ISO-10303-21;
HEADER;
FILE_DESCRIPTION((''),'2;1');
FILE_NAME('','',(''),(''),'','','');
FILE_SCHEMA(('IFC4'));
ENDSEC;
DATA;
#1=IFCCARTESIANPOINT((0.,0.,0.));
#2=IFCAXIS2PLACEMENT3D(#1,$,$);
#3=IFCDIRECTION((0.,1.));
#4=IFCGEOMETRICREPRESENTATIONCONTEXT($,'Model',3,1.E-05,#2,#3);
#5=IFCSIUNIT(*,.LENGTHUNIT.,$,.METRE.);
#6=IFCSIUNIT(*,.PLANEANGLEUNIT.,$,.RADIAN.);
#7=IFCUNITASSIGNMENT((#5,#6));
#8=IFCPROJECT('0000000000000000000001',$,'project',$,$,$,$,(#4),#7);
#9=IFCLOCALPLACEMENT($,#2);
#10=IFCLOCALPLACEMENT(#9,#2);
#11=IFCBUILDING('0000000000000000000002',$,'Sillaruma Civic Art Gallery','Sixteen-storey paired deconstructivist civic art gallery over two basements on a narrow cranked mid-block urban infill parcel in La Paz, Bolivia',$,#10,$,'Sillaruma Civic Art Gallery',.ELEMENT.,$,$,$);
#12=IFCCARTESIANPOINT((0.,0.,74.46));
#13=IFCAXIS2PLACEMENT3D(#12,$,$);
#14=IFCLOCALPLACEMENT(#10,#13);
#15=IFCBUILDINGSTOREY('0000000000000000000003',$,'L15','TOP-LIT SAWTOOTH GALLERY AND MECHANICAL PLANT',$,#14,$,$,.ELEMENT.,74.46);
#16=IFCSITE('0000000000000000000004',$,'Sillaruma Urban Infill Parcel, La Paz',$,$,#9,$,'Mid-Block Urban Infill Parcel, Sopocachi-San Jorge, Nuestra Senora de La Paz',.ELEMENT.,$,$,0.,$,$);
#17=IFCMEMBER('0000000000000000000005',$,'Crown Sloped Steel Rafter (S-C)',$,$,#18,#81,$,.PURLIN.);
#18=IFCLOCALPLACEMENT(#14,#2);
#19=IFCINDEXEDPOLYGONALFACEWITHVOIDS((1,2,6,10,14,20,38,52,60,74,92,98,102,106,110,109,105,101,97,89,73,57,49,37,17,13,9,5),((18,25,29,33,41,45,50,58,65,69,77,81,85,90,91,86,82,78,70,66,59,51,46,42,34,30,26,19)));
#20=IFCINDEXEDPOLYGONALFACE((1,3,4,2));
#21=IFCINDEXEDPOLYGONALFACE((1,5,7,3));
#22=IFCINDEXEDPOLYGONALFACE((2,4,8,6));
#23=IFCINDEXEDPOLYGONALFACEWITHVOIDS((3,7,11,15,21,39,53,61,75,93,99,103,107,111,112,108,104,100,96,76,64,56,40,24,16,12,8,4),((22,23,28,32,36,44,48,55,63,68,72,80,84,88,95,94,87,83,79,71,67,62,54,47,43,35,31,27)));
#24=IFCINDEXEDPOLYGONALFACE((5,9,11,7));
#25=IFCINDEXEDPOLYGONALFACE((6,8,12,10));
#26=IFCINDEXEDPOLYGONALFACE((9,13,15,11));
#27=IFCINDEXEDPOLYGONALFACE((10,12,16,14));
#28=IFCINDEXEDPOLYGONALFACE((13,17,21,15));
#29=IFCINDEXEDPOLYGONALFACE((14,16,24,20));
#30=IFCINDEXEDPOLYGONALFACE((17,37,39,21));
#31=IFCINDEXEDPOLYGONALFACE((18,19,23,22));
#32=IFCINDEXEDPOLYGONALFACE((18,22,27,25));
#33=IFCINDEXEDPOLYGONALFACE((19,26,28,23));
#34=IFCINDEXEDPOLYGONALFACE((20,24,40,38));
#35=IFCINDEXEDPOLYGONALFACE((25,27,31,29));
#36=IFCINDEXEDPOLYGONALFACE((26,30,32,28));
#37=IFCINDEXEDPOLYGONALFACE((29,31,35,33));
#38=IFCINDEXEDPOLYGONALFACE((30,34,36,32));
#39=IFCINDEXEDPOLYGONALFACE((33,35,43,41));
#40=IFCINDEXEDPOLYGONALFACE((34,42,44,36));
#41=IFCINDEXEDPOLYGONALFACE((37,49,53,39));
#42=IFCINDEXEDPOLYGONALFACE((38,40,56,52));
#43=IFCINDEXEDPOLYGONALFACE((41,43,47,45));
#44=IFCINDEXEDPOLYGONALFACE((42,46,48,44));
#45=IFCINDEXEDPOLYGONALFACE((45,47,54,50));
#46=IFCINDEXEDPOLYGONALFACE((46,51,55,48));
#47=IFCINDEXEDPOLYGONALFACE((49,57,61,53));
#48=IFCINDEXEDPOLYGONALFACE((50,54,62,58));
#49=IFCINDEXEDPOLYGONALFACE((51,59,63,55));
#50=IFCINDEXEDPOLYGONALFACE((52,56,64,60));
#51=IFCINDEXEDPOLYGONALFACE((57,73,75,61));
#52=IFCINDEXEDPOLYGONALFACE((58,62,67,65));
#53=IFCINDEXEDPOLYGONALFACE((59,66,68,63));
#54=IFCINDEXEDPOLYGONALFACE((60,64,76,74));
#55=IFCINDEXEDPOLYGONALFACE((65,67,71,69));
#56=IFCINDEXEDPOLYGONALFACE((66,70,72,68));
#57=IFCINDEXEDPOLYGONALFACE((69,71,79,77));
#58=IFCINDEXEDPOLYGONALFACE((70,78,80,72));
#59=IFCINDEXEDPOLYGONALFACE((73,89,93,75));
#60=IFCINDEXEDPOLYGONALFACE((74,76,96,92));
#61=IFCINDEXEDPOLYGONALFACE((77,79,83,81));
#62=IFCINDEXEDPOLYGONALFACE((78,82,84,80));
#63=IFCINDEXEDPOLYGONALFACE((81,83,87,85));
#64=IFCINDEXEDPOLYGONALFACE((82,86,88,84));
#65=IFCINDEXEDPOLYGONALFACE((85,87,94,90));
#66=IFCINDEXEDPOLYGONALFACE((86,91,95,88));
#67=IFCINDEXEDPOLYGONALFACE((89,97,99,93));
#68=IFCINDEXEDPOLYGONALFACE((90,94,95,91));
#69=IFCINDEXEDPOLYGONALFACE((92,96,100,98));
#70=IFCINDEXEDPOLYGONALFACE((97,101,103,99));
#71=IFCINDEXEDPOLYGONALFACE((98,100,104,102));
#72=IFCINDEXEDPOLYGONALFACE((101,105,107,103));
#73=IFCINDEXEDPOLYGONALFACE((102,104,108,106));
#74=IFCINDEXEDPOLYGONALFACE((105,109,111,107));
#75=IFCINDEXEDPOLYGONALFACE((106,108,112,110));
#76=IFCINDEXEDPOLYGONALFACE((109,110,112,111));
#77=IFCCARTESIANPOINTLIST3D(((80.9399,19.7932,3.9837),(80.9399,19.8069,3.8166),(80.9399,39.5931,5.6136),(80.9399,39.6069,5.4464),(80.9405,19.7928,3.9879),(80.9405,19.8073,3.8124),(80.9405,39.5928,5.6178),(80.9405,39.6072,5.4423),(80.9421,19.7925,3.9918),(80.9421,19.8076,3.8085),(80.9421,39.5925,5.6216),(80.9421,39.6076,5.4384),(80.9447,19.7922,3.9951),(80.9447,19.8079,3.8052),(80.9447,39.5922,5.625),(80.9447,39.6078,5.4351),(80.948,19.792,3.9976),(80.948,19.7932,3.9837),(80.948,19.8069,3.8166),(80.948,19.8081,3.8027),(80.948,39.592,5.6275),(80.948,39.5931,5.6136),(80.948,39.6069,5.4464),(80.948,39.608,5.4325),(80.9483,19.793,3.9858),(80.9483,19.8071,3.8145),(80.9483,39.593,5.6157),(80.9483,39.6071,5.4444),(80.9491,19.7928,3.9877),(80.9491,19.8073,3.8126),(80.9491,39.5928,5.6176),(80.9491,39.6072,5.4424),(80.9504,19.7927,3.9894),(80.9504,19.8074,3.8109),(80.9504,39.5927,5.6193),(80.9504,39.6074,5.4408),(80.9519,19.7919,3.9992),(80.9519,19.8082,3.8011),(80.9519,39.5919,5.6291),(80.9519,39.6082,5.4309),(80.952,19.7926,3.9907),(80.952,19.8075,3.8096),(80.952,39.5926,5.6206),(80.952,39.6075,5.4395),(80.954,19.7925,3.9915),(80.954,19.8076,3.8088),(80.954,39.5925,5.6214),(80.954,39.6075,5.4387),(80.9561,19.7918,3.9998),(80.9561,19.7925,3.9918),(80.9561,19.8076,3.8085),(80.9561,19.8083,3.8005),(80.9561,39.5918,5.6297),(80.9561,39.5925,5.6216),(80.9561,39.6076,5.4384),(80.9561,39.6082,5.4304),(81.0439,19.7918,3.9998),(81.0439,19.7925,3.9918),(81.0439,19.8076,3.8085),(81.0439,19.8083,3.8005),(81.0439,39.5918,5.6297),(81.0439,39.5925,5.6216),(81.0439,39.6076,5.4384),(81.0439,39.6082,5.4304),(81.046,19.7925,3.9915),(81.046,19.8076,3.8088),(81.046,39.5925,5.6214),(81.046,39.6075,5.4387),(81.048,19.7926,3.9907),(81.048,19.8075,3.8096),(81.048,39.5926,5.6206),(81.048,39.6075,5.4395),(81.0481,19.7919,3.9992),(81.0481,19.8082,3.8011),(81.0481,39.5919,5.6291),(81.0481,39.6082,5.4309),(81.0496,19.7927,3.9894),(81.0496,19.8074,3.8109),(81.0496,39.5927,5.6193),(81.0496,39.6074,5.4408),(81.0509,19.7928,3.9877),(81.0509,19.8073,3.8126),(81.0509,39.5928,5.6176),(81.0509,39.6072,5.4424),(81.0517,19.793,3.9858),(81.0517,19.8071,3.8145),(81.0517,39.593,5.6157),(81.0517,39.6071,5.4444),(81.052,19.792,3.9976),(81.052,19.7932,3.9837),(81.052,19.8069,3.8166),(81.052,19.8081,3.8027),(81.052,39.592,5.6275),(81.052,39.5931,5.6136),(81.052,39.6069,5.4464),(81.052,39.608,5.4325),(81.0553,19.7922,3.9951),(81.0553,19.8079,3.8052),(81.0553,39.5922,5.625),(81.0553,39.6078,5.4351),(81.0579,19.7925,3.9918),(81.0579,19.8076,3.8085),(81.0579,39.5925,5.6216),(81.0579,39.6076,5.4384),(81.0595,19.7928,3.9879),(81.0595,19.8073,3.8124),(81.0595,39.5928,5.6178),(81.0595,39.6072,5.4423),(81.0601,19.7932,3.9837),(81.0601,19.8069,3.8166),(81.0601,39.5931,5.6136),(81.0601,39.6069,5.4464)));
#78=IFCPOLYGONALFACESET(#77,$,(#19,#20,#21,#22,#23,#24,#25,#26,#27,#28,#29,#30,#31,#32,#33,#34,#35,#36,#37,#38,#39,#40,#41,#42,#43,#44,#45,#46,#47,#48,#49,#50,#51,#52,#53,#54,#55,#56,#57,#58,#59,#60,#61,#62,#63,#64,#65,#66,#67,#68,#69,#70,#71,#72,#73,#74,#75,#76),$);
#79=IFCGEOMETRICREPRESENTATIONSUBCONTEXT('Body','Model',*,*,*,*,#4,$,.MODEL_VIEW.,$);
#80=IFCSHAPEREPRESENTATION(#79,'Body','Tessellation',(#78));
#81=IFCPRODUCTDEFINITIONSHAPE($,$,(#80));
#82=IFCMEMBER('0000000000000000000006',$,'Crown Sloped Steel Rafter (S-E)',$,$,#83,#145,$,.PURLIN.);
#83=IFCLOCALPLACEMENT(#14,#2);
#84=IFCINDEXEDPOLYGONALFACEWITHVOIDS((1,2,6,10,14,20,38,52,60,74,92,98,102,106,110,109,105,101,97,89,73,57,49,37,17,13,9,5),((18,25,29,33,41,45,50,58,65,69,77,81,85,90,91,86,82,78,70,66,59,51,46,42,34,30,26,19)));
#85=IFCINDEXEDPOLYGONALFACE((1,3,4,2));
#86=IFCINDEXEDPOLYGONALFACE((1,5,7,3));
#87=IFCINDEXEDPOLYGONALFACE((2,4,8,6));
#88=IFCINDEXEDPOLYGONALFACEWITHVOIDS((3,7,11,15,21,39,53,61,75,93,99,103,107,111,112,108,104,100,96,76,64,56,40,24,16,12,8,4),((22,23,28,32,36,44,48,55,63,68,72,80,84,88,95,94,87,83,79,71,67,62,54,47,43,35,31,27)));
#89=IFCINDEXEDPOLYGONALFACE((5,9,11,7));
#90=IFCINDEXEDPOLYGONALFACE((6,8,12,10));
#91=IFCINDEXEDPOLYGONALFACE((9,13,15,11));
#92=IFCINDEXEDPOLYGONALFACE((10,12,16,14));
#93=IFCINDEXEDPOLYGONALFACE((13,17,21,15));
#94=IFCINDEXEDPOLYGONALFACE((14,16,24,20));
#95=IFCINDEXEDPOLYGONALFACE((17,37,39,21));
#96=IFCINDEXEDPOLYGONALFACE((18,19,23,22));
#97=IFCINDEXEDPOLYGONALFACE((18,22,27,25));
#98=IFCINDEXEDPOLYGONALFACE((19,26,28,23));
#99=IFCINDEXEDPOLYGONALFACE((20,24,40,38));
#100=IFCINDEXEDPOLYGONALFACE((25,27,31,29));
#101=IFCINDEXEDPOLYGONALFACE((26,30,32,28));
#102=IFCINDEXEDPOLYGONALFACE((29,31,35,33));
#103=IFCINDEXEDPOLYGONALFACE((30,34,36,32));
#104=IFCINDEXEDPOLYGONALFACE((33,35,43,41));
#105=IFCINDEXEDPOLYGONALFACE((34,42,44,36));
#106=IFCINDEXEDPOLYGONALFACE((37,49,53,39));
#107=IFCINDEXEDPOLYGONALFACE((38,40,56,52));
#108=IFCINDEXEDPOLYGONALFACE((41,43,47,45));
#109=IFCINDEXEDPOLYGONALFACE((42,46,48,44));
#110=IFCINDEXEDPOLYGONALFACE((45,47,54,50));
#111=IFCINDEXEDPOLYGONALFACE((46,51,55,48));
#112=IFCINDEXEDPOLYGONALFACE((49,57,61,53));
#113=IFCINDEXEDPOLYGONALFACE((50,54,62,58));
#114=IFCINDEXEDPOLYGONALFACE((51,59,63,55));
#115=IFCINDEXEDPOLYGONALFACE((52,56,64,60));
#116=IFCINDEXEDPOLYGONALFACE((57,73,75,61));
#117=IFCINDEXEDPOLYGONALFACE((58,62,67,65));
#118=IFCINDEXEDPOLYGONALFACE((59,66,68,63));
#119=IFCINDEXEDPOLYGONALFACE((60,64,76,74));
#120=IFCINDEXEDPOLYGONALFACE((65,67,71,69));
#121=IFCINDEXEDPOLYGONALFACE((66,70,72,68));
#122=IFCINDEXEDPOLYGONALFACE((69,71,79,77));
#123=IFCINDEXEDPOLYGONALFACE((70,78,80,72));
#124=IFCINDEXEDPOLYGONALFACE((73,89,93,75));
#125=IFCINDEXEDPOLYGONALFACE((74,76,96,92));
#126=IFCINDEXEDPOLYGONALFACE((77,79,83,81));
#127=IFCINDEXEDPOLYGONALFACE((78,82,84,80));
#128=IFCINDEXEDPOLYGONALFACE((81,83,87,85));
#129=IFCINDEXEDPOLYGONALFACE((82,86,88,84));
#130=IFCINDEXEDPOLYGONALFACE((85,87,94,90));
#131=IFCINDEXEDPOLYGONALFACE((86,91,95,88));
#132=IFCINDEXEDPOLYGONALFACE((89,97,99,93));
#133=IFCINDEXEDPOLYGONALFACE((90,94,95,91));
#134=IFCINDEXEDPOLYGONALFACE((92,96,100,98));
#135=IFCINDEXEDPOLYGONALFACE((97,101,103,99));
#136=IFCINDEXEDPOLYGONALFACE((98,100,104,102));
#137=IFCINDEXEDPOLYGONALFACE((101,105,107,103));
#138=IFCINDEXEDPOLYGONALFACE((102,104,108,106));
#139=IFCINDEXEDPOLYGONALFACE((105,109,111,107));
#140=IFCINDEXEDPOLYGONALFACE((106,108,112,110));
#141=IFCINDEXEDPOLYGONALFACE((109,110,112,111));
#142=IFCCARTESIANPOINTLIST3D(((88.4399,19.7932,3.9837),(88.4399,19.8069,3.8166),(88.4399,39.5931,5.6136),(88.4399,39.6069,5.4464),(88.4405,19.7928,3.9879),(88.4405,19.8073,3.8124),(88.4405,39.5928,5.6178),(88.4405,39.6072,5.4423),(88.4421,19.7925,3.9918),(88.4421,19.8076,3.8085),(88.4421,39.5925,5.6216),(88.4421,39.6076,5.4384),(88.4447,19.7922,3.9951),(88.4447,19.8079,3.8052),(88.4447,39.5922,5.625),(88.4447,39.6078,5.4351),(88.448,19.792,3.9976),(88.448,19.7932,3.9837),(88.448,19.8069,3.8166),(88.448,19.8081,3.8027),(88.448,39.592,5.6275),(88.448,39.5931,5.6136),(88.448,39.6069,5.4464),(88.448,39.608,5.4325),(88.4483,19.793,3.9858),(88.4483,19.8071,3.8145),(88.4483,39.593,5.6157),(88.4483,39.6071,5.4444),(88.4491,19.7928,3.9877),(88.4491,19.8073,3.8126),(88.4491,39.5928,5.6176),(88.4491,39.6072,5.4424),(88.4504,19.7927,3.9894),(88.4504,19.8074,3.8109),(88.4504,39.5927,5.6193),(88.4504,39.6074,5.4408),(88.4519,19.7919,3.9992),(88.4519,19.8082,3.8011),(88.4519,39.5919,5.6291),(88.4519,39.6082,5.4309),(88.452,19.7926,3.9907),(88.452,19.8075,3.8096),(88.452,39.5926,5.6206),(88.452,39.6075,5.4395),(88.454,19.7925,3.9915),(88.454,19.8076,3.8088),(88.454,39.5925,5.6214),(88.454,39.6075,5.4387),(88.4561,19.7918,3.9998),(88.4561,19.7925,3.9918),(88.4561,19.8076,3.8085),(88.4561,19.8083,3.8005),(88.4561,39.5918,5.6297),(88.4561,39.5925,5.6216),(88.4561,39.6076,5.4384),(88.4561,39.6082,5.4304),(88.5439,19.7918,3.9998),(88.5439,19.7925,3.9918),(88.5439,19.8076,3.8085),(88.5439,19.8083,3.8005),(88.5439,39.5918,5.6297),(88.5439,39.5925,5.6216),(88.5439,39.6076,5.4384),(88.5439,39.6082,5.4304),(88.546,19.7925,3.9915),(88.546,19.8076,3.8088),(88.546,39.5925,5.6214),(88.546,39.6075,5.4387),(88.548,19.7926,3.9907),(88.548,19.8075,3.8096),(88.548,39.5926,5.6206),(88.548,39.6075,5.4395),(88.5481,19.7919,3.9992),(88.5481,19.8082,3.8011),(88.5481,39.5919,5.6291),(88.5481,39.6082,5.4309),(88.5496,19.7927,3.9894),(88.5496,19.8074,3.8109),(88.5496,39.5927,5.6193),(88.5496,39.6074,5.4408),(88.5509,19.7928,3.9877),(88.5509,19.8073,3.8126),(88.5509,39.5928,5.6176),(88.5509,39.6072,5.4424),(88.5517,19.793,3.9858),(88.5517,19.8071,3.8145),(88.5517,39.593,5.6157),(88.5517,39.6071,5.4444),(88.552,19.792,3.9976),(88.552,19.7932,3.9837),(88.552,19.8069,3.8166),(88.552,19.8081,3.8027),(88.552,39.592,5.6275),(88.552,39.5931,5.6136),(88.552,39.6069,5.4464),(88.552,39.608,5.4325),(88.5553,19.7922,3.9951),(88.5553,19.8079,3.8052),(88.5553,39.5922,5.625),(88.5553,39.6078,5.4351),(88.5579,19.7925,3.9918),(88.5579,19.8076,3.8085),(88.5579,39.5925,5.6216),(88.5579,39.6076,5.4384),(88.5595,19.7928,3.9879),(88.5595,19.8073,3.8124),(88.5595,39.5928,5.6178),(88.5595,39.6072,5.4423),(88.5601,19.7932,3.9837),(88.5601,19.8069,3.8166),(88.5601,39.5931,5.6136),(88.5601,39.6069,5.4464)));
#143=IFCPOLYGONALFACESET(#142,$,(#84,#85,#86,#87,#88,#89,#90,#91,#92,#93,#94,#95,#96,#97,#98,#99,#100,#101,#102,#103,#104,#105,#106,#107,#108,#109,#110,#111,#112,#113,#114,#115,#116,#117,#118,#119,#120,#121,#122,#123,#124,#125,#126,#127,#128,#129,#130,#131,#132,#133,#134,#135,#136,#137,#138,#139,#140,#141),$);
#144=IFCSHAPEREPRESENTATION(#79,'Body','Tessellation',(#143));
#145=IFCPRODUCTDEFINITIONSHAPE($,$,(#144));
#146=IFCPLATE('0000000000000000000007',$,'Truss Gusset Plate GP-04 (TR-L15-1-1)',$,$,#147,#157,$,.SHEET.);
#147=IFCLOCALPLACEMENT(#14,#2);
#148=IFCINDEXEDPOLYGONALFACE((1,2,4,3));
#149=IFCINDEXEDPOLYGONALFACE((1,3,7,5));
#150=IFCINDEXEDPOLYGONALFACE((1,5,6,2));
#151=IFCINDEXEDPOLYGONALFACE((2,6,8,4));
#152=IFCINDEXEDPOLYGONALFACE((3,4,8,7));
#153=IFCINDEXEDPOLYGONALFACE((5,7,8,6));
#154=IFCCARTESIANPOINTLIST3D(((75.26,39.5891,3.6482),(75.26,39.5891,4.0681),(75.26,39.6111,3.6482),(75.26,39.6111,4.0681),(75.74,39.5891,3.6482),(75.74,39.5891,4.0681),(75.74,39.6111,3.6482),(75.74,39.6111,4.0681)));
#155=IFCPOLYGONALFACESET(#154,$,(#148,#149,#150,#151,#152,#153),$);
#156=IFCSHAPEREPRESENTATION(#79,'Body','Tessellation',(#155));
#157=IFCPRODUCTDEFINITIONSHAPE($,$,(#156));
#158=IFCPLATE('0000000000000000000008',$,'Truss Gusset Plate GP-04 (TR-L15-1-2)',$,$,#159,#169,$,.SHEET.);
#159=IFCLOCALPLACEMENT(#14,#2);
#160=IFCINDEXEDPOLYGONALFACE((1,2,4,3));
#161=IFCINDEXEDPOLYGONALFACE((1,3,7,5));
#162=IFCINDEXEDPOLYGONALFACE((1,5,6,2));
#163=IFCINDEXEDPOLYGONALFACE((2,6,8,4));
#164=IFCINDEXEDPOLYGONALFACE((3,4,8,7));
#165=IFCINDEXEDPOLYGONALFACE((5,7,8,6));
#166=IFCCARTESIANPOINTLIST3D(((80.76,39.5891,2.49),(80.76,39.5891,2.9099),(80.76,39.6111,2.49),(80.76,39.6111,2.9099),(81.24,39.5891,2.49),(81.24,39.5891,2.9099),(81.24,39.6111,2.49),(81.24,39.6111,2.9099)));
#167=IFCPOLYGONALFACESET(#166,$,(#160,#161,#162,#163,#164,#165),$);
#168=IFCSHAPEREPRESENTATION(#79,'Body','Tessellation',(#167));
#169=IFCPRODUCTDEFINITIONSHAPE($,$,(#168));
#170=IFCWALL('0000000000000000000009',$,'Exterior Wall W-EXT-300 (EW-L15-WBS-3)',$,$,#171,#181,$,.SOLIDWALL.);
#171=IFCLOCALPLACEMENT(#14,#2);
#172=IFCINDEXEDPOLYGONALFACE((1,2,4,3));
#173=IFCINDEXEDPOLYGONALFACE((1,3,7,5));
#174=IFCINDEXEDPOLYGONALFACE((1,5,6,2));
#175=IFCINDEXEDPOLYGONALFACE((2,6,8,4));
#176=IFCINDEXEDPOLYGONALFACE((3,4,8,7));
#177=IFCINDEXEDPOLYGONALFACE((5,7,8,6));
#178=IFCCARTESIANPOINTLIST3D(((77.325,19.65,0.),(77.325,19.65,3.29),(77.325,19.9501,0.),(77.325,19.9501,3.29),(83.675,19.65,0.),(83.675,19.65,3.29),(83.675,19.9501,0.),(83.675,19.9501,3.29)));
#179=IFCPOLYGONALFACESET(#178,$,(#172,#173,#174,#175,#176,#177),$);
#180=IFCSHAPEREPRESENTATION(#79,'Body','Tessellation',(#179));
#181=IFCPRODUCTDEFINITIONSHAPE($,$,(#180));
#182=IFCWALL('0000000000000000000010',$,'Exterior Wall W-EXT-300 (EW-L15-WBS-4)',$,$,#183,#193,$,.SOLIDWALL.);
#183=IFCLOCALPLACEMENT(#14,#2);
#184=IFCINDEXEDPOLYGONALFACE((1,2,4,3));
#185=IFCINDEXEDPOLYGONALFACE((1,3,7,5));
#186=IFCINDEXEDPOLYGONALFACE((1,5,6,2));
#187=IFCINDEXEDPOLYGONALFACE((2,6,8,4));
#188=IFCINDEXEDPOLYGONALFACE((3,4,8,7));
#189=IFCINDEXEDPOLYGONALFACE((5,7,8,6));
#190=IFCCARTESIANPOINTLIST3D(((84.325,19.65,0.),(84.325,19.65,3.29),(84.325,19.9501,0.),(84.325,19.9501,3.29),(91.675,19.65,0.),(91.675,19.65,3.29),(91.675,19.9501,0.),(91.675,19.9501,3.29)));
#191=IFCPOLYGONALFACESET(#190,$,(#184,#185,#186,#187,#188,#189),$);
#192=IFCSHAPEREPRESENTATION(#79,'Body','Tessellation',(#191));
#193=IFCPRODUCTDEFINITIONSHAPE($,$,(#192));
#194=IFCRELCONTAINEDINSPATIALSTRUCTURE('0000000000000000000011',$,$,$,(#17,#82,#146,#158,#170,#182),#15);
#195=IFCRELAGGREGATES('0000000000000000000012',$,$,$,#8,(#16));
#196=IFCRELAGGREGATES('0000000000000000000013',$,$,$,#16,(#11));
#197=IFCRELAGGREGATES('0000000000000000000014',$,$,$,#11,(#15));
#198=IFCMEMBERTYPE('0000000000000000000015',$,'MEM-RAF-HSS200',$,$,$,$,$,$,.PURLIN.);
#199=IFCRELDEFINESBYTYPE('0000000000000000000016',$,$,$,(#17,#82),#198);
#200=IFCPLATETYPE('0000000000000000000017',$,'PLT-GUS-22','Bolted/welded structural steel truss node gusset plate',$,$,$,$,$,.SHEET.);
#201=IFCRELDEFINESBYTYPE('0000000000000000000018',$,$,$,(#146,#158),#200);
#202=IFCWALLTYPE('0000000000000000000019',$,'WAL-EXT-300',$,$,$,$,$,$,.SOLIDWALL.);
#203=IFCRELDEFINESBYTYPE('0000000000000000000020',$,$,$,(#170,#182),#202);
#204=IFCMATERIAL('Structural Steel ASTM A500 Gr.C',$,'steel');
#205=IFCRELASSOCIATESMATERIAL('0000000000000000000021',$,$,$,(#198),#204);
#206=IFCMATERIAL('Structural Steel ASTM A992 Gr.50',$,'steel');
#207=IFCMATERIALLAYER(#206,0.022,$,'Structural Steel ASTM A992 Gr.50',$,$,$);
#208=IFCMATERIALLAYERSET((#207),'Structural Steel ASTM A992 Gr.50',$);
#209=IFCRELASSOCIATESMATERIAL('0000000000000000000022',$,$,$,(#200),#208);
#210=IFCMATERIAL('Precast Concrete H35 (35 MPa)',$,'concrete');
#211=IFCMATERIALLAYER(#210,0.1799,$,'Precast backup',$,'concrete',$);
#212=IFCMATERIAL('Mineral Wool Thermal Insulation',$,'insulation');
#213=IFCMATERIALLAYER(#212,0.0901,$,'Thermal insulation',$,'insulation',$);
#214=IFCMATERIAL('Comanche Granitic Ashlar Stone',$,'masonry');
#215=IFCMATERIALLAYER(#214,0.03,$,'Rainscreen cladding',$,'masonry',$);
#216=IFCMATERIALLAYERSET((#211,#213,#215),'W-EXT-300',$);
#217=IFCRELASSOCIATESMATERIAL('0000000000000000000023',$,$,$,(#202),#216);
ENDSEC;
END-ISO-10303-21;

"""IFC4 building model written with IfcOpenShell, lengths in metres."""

from ifc_helpers import new_model, si_unit, direction, frame, frame_2d, origin, origin_2d, place, context, subcontext, project, spatial, rectangle, hollow_rectangle, extrude, material, layer, layer_set, material_profile, profile_set, type_object, element, save


model = new_model("IFC4")

# Units and contexts
model_context = context("Model", 3, precision=1e-05, world=origin(), true_north=direction((0.0, 1.0)))
body_context = subcontext(model_context, "Body", "Model", "MODEL_VIEW")
ifc_project = project(units=[si_unit("LENGTHUNIT", "METRE"), si_unit("PLANEANGLEUNIT", "RADIAN")], contexts=[model_context])

# Site, building, storey
site_placement = place(None, origin())
site = spatial("IfcSite", under=ifc_project, at=site_placement, Name="Sillaruma Urban Infill Parcel, La Paz", LongName="Mid-Block Urban Infill Parcel, Sopocachi-San Jorge, Nuestra Senora de La Paz", CompositionType="ELEMENT", RefElevation=0.0)
building_placement = place(site_placement, origin())
building = spatial("IfcBuilding", under=site, at=building_placement, Name="Sillaruma Civic Art Gallery", Description="Sixteen-storey paired deconstructivist civic art gallery over two basements on a narrow cranked mid-block urban infill parcel in La Paz, Bolivia", LongName="Sillaruma Civic Art Gallery", CompositionType="ELEMENT")
storey_placement = place(building_placement, frame((0.0, 0.0, 74.46)))
storey = spatial("IfcBuildingStorey", under=building, at=storey_placement, Name="L15", Description="TOP-LIT SAWTOOTH GALLERY AND MECHANICAL PLANT", CompositionType="ELEMENT", Elevation=74.46)

# Members
ifc_material_1 = material(Name="Structural Steel ASTM A500 Gr.C", Category="steel")
ifc_material_profile_1 = material_profile(ifc_material_1, hollow_rectangle(XDim=0.1201, YDim=0.2, WallThickness=0.0081, InnerFilletRadius=0.0081, OuterFilletRadius=0.0161, at=origin_2d()), Name="HSS200x120x8")
ifc_profile_set_1 = profile_set([ifc_material_profile_1], Name="Structural Steel ASTM A500 Gr.C")
member_type_1 = type_object("IfcMemberType", Name="MEM-RAF-HSS200", PredefinedType="PURLIN", material=ifc_profile_set_1)
for number, where, z_axis, x_axis, name in (
    (1, (81.0, 19.8, 3.9001), (0.0, 0.996629, 0.08204), (-1.0, 0.0, 0.0), "Crown Sloped Steel Rafter (S-C)"),
    (2, (88.5, 19.8, 3.9001), (0.0, 0.996629, 0.08204), (-1.0, 0.0, 0.0), "Crown Sloped Steel Rafter (S-E)"),
):
    element("IfcMember", number, at=place(storey_placement, frame(where, z_axis=z_axis, x_axis=x_axis)), inside=storey, type_object=member_type_1, Name=name, PredefinedType="PURLIN", context=body_context, shape_type="SweptSolid", body=[
        extrude(hollow_rectangle(XDim=0.1201, YDim=0.2, WallThickness=0.0081, InnerFilletRadius=0.0081, OuterFilletRadius=0.0161, at=origin_2d()), origin(), (0.0, 0.0, 1.0), 19.8669),
    ])

# Plates
ifc_material_2 = material(Name="Structural Steel ASTM A992 Gr.50", Category="steel")
ifc_layer_1 = layer(ifc_material_2, 0.022, Name="Structural Steel ASTM A992 Gr.50")
ifc_layer_set_1 = layer_set([ifc_layer_1], Name="Structural Steel ASTM A992 Gr.50")
plate_type = type_object("IfcPlateType", Name="PLT-GUS-22", Description="Bolted/welded structural steel truss node gusset plate", PredefinedType="SHEET", material=ifc_layer_set_1)
for number, where, z_axis, x_axis, name in (
    (3, (75.5, 39.6001, 3.6482), (0.0, 0.0, 1.0), (1.0, 0.0, 0.0), "Truss Gusset Plate GP-04 (TR-L15-1-1)"),
    (4, (81.0, 39.6001, 2.49), (0.0, 0.0, 1.0), (1.0, 0.0, 0.0), "Truss Gusset Plate GP-04 (TR-L15-1-2)"),
):
    element("IfcPlate", number, at=place(storey_placement, frame(where, z_axis=z_axis, x_axis=x_axis)), inside=storey, type_object=plate_type, Name=name, PredefinedType="SHEET", context=body_context, shape_type="SweptSolid", body=[
        extrude(rectangle(XDim=0.48, YDim=0.022, at=origin_2d()), origin(), (0.0, 0.0, 1.0), 0.4199),
    ])

# Walls
ifc_material_3 = material(Name="Precast Concrete H35 (35 MPa)", Category="concrete")
ifc_layer_2 = layer(ifc_material_3, 0.1799, Name="Precast backup", Category="concrete")
ifc_material_4 = material(Name="Mineral Wool Thermal Insulation", Category="insulation")
ifc_layer_3 = layer(ifc_material_4, 0.0901, Name="Thermal insulation", Category="insulation")
ifc_material_5 = material(Name="Comanche Granitic Ashlar Stone", Category="masonry")
ifc_layer_4 = layer(ifc_material_5, 0.03, Name="Rainscreen cladding", Category="masonry")
ifc_layer_set_2 = layer_set([ifc_layer_2, ifc_layer_3, ifc_layer_4], Name="W-EXT-300")
wall_type = type_object("IfcWallType", Name="WAL-EXT-300", PredefinedType="SOLIDWALL", material=ifc_layer_set_2)
wall_1_placement = place(storey_placement, frame((77.325, 19.8, 0.0), z_axis=(0.0, 0.0, 1.0), x_axis=(1.0, 0.0, 0.0)))
element("IfcWall", 5, at=wall_1_placement, inside=storey, type_object=wall_type, Name="Exterior Wall W-EXT-300 (EW-L15-WBS-3)", PredefinedType="SOLIDWALL", context=body_context, shape_type="SweptSolid", body=[
    extrude(rectangle(XDim=6.3501, YDim=0.3, at=frame_2d((3.175, 0.0))), origin(), (0.0, 0.0, 1.0), 3.29),
])
wall_2_placement = place(storey_placement, frame((84.325, 19.8, 0.0), z_axis=(0.0, 0.0, 1.0), x_axis=(1.0, 0.0, 0.0)))
element("IfcWall", 6, at=wall_2_placement, inside=storey, type_object=wall_type, Name="Exterior Wall W-EXT-300 (EW-L15-WBS-4)", PredefinedType="SOLIDWALL", context=body_context, shape_type="SweptSolid", body=[
    extrude(rectangle(XDim=7.3501, YDim=0.3, at=frame_2d((3.675, 0.0))), origin(), (0.0, 0.0, 1.0), 3.29),
])

save(model, "model.ifc")
